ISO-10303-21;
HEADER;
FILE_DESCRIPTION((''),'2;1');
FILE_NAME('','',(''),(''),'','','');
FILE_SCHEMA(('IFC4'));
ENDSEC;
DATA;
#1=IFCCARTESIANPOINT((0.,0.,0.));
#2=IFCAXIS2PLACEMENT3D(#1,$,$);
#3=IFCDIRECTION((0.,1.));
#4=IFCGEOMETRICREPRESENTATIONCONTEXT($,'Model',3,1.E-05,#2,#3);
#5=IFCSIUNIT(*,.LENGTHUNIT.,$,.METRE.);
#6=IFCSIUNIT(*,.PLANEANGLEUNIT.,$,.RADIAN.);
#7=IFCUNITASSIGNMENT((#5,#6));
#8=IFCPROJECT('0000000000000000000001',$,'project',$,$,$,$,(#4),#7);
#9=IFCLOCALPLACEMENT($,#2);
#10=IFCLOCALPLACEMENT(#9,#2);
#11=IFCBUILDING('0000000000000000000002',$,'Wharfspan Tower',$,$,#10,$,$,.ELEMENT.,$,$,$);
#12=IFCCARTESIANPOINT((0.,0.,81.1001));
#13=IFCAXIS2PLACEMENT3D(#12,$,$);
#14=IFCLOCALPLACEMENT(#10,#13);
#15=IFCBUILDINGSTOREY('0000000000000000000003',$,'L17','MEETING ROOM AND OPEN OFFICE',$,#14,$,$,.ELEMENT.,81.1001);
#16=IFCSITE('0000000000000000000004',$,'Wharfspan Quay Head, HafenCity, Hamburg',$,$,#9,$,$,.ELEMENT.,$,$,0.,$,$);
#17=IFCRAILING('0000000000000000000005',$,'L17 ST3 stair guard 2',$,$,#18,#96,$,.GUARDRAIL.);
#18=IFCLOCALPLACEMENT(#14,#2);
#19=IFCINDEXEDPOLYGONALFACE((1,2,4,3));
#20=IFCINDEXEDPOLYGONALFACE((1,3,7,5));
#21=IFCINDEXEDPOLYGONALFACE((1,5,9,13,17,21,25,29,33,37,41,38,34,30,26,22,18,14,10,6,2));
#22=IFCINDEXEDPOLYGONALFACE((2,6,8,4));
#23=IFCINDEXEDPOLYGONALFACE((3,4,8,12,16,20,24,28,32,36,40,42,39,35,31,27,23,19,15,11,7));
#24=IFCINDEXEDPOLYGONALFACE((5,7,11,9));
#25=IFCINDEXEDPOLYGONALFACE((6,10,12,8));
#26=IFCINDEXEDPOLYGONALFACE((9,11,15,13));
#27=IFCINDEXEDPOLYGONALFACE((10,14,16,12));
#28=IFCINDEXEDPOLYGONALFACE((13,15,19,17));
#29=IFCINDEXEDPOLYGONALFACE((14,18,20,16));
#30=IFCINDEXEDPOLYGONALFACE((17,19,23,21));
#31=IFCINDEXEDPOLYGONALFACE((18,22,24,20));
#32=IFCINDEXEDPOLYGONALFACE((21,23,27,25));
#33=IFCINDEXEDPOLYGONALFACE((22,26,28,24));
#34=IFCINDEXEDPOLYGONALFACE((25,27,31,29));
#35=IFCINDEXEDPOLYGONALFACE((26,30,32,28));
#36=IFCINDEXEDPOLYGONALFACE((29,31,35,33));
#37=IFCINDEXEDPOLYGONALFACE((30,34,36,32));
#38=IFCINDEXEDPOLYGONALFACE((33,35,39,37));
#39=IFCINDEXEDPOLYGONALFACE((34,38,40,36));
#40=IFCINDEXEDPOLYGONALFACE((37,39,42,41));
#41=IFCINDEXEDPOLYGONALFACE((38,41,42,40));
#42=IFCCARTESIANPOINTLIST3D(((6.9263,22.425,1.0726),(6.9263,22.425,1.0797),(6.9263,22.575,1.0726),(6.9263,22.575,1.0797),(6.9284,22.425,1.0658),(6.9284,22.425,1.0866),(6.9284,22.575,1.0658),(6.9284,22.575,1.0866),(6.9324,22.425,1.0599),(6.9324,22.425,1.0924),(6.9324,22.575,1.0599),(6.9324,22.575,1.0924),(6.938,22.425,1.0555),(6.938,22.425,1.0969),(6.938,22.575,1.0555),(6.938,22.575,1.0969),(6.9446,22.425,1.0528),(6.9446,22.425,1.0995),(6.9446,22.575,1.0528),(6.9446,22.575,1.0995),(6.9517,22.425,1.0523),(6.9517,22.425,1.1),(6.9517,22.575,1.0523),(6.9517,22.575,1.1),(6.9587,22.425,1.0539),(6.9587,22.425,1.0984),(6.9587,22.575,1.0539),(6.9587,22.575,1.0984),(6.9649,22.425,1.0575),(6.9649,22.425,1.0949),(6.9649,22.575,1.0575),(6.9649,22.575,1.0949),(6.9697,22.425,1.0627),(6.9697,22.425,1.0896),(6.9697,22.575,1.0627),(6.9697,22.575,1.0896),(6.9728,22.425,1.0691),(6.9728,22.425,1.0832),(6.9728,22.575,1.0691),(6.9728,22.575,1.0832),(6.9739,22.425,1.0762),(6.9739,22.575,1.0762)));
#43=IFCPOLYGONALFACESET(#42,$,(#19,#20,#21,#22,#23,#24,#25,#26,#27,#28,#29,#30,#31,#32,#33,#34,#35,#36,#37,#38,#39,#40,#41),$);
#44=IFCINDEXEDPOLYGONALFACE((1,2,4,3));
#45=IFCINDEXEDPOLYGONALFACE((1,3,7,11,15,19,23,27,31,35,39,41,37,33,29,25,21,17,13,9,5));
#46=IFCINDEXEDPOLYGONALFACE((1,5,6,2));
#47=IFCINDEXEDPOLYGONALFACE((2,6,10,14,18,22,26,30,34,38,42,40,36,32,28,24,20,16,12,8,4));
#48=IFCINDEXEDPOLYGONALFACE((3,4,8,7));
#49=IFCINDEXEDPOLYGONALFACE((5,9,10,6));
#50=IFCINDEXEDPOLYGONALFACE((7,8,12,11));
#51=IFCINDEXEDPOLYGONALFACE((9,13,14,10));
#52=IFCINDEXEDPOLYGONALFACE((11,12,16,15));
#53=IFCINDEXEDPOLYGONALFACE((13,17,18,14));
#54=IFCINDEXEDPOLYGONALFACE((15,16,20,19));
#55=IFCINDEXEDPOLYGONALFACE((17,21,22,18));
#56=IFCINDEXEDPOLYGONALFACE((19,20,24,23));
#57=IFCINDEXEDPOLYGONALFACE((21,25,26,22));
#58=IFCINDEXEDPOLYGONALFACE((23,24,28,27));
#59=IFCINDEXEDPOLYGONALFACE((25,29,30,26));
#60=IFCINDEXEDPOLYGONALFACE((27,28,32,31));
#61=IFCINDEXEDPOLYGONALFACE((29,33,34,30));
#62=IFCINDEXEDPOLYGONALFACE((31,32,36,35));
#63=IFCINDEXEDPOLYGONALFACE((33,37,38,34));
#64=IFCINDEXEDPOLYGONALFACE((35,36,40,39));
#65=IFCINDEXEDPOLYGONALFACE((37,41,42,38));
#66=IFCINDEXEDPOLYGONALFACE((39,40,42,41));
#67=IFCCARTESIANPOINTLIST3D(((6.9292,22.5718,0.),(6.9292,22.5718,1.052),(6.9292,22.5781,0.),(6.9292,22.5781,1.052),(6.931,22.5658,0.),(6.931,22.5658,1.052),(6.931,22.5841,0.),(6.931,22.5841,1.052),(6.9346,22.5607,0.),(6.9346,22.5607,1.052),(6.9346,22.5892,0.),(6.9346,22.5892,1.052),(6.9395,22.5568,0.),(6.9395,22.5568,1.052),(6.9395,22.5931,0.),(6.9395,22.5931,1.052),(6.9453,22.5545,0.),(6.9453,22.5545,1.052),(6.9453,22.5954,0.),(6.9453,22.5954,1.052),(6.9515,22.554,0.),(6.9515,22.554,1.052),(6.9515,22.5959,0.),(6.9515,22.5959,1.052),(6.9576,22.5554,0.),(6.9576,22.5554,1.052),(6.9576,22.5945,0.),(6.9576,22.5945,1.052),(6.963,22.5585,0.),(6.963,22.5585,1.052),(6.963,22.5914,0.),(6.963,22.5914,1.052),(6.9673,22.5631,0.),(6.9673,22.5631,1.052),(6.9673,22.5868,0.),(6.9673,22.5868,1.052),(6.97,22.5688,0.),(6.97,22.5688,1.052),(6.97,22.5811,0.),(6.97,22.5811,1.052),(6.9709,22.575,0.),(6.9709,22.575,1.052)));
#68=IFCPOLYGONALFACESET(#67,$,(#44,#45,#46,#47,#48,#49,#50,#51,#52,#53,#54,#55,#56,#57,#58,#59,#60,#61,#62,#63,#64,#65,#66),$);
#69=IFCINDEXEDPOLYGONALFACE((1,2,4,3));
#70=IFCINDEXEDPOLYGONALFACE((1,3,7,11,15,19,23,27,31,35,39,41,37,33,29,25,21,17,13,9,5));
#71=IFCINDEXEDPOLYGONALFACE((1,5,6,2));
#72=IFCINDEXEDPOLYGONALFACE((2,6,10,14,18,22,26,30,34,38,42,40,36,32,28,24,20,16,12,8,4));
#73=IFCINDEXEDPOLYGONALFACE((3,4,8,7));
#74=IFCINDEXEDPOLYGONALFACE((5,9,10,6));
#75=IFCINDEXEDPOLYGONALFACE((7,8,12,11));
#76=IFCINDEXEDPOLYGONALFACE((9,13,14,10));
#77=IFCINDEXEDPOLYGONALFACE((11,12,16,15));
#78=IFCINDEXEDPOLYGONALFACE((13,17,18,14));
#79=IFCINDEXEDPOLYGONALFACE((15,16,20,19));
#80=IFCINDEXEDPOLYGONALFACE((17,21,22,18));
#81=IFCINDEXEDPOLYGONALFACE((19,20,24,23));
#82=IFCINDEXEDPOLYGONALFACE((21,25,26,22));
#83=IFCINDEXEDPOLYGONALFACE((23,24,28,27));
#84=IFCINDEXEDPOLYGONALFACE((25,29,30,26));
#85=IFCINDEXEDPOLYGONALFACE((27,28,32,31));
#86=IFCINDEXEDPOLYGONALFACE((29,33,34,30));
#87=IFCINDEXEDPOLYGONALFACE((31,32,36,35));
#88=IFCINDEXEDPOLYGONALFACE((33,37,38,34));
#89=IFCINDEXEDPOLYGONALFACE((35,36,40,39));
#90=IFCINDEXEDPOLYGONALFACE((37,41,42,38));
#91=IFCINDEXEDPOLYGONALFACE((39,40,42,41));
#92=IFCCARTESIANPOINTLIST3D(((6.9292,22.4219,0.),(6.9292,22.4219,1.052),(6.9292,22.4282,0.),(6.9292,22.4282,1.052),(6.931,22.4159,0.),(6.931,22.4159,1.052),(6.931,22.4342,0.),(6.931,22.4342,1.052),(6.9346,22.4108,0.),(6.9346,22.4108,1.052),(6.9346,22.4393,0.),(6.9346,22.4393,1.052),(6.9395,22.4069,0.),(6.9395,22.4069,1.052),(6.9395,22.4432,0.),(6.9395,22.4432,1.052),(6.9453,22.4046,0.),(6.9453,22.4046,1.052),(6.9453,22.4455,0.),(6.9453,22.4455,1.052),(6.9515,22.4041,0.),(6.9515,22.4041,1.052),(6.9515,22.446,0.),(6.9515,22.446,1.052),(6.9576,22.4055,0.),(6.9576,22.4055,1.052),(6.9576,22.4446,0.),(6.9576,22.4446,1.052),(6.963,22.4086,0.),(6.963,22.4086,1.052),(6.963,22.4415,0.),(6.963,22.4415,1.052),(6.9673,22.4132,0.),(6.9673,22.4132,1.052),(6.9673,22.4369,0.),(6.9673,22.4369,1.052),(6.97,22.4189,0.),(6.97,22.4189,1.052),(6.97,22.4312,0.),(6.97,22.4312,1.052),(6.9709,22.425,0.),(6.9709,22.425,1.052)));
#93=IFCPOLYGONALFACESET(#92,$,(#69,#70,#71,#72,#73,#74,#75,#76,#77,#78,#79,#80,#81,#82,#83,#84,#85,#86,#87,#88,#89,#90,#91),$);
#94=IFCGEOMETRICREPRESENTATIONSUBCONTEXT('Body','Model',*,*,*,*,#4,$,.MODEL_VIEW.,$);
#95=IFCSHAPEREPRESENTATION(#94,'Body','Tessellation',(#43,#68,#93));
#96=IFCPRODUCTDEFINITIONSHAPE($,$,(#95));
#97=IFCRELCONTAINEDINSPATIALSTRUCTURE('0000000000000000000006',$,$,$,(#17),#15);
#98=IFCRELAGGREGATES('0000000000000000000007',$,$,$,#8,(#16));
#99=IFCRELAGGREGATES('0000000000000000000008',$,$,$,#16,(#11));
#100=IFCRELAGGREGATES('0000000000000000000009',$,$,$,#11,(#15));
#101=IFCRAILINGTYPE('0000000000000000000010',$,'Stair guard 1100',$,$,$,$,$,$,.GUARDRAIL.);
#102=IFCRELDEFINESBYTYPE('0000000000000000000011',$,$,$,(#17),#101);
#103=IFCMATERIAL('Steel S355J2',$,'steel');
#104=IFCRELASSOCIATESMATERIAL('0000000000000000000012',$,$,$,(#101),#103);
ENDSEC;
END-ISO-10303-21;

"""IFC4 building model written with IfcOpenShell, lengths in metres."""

from ifc_helpers import new_model, si_unit, direction, frame, origin, origin_2d, place, context, subcontext, project, spatial, circle, extrude, material, type_object, element, save


model = new_model("IFC4")

# Units and contexts
model_context = context("Model", 3, precision=1e-05, world=origin(), true_north=direction((0.0, 1.0)))
body_context = subcontext(model_context, "Body", "Model", "MODEL_VIEW")
ifc_project = project(units=[si_unit("LENGTHUNIT", "METRE"), si_unit("PLANEANGLEUNIT", "RADIAN")], contexts=[model_context])

# Site, building, storey
site_placement = place(None, origin())
site = spatial("IfcSite", under=ifc_project, at=site_placement, Name="Wharfspan Quay Head, HafenCity, Hamburg", CompositionType="ELEMENT", RefElevation=0.0)
building_placement = place(site_placement, origin())
building = spatial("IfcBuilding", under=site, at=building_placement, Name="Wharfspan Tower", CompositionType="ELEMENT")
storey_placement = place(building_placement, frame((0.0, 0.0, 81.1001)))
storey = spatial("IfcBuildingStorey", under=building, at=storey_placement, Name="L17", Description="MEETING ROOM AND OPEN OFFICE", CompositionType="ELEMENT", Elevation=81.1001)

# Shared definitions
ifc_material_1 = material(Name="Steel S355J2", Category="steel")

# Railing
railing_type_1 = type_object("IfcRailingType", Name="Stair guard 1100", PredefinedType="GUARDRAIL", material=ifc_material_1)
railing_1_placement = place(storey_placement, frame((6.95, 22.575, 0.0)))
element("IfcRailing", 1, at=railing_1_placement, inside=storey, type_object=railing_type_1, Name="L17 ST3 stair guard 2", PredefinedType="GUARDRAIL", context=body_context, shape_type="SweptSolid", body=[
    extrude(circle(Radius=0.0239, at=origin_2d()), frame((0.0, 0.0, 1.0762), z_axis=(0.0, -1.0, 0.0), x_axis=(1.0, 0.0, 0.0)), (0.0, 0.0, 1.0), 0.1499),
    extrude(circle(Radius=0.021, at=origin_2d()), origin(), (0.0, 0.0, 1.0), 1.052),
    extrude(circle(Radius=0.021, at=origin_2d()), frame((0.0, -0.1499, 0.0)), (0.0, 0.0, 1.0), 1.052),
])

save(model, "model.ifc")
